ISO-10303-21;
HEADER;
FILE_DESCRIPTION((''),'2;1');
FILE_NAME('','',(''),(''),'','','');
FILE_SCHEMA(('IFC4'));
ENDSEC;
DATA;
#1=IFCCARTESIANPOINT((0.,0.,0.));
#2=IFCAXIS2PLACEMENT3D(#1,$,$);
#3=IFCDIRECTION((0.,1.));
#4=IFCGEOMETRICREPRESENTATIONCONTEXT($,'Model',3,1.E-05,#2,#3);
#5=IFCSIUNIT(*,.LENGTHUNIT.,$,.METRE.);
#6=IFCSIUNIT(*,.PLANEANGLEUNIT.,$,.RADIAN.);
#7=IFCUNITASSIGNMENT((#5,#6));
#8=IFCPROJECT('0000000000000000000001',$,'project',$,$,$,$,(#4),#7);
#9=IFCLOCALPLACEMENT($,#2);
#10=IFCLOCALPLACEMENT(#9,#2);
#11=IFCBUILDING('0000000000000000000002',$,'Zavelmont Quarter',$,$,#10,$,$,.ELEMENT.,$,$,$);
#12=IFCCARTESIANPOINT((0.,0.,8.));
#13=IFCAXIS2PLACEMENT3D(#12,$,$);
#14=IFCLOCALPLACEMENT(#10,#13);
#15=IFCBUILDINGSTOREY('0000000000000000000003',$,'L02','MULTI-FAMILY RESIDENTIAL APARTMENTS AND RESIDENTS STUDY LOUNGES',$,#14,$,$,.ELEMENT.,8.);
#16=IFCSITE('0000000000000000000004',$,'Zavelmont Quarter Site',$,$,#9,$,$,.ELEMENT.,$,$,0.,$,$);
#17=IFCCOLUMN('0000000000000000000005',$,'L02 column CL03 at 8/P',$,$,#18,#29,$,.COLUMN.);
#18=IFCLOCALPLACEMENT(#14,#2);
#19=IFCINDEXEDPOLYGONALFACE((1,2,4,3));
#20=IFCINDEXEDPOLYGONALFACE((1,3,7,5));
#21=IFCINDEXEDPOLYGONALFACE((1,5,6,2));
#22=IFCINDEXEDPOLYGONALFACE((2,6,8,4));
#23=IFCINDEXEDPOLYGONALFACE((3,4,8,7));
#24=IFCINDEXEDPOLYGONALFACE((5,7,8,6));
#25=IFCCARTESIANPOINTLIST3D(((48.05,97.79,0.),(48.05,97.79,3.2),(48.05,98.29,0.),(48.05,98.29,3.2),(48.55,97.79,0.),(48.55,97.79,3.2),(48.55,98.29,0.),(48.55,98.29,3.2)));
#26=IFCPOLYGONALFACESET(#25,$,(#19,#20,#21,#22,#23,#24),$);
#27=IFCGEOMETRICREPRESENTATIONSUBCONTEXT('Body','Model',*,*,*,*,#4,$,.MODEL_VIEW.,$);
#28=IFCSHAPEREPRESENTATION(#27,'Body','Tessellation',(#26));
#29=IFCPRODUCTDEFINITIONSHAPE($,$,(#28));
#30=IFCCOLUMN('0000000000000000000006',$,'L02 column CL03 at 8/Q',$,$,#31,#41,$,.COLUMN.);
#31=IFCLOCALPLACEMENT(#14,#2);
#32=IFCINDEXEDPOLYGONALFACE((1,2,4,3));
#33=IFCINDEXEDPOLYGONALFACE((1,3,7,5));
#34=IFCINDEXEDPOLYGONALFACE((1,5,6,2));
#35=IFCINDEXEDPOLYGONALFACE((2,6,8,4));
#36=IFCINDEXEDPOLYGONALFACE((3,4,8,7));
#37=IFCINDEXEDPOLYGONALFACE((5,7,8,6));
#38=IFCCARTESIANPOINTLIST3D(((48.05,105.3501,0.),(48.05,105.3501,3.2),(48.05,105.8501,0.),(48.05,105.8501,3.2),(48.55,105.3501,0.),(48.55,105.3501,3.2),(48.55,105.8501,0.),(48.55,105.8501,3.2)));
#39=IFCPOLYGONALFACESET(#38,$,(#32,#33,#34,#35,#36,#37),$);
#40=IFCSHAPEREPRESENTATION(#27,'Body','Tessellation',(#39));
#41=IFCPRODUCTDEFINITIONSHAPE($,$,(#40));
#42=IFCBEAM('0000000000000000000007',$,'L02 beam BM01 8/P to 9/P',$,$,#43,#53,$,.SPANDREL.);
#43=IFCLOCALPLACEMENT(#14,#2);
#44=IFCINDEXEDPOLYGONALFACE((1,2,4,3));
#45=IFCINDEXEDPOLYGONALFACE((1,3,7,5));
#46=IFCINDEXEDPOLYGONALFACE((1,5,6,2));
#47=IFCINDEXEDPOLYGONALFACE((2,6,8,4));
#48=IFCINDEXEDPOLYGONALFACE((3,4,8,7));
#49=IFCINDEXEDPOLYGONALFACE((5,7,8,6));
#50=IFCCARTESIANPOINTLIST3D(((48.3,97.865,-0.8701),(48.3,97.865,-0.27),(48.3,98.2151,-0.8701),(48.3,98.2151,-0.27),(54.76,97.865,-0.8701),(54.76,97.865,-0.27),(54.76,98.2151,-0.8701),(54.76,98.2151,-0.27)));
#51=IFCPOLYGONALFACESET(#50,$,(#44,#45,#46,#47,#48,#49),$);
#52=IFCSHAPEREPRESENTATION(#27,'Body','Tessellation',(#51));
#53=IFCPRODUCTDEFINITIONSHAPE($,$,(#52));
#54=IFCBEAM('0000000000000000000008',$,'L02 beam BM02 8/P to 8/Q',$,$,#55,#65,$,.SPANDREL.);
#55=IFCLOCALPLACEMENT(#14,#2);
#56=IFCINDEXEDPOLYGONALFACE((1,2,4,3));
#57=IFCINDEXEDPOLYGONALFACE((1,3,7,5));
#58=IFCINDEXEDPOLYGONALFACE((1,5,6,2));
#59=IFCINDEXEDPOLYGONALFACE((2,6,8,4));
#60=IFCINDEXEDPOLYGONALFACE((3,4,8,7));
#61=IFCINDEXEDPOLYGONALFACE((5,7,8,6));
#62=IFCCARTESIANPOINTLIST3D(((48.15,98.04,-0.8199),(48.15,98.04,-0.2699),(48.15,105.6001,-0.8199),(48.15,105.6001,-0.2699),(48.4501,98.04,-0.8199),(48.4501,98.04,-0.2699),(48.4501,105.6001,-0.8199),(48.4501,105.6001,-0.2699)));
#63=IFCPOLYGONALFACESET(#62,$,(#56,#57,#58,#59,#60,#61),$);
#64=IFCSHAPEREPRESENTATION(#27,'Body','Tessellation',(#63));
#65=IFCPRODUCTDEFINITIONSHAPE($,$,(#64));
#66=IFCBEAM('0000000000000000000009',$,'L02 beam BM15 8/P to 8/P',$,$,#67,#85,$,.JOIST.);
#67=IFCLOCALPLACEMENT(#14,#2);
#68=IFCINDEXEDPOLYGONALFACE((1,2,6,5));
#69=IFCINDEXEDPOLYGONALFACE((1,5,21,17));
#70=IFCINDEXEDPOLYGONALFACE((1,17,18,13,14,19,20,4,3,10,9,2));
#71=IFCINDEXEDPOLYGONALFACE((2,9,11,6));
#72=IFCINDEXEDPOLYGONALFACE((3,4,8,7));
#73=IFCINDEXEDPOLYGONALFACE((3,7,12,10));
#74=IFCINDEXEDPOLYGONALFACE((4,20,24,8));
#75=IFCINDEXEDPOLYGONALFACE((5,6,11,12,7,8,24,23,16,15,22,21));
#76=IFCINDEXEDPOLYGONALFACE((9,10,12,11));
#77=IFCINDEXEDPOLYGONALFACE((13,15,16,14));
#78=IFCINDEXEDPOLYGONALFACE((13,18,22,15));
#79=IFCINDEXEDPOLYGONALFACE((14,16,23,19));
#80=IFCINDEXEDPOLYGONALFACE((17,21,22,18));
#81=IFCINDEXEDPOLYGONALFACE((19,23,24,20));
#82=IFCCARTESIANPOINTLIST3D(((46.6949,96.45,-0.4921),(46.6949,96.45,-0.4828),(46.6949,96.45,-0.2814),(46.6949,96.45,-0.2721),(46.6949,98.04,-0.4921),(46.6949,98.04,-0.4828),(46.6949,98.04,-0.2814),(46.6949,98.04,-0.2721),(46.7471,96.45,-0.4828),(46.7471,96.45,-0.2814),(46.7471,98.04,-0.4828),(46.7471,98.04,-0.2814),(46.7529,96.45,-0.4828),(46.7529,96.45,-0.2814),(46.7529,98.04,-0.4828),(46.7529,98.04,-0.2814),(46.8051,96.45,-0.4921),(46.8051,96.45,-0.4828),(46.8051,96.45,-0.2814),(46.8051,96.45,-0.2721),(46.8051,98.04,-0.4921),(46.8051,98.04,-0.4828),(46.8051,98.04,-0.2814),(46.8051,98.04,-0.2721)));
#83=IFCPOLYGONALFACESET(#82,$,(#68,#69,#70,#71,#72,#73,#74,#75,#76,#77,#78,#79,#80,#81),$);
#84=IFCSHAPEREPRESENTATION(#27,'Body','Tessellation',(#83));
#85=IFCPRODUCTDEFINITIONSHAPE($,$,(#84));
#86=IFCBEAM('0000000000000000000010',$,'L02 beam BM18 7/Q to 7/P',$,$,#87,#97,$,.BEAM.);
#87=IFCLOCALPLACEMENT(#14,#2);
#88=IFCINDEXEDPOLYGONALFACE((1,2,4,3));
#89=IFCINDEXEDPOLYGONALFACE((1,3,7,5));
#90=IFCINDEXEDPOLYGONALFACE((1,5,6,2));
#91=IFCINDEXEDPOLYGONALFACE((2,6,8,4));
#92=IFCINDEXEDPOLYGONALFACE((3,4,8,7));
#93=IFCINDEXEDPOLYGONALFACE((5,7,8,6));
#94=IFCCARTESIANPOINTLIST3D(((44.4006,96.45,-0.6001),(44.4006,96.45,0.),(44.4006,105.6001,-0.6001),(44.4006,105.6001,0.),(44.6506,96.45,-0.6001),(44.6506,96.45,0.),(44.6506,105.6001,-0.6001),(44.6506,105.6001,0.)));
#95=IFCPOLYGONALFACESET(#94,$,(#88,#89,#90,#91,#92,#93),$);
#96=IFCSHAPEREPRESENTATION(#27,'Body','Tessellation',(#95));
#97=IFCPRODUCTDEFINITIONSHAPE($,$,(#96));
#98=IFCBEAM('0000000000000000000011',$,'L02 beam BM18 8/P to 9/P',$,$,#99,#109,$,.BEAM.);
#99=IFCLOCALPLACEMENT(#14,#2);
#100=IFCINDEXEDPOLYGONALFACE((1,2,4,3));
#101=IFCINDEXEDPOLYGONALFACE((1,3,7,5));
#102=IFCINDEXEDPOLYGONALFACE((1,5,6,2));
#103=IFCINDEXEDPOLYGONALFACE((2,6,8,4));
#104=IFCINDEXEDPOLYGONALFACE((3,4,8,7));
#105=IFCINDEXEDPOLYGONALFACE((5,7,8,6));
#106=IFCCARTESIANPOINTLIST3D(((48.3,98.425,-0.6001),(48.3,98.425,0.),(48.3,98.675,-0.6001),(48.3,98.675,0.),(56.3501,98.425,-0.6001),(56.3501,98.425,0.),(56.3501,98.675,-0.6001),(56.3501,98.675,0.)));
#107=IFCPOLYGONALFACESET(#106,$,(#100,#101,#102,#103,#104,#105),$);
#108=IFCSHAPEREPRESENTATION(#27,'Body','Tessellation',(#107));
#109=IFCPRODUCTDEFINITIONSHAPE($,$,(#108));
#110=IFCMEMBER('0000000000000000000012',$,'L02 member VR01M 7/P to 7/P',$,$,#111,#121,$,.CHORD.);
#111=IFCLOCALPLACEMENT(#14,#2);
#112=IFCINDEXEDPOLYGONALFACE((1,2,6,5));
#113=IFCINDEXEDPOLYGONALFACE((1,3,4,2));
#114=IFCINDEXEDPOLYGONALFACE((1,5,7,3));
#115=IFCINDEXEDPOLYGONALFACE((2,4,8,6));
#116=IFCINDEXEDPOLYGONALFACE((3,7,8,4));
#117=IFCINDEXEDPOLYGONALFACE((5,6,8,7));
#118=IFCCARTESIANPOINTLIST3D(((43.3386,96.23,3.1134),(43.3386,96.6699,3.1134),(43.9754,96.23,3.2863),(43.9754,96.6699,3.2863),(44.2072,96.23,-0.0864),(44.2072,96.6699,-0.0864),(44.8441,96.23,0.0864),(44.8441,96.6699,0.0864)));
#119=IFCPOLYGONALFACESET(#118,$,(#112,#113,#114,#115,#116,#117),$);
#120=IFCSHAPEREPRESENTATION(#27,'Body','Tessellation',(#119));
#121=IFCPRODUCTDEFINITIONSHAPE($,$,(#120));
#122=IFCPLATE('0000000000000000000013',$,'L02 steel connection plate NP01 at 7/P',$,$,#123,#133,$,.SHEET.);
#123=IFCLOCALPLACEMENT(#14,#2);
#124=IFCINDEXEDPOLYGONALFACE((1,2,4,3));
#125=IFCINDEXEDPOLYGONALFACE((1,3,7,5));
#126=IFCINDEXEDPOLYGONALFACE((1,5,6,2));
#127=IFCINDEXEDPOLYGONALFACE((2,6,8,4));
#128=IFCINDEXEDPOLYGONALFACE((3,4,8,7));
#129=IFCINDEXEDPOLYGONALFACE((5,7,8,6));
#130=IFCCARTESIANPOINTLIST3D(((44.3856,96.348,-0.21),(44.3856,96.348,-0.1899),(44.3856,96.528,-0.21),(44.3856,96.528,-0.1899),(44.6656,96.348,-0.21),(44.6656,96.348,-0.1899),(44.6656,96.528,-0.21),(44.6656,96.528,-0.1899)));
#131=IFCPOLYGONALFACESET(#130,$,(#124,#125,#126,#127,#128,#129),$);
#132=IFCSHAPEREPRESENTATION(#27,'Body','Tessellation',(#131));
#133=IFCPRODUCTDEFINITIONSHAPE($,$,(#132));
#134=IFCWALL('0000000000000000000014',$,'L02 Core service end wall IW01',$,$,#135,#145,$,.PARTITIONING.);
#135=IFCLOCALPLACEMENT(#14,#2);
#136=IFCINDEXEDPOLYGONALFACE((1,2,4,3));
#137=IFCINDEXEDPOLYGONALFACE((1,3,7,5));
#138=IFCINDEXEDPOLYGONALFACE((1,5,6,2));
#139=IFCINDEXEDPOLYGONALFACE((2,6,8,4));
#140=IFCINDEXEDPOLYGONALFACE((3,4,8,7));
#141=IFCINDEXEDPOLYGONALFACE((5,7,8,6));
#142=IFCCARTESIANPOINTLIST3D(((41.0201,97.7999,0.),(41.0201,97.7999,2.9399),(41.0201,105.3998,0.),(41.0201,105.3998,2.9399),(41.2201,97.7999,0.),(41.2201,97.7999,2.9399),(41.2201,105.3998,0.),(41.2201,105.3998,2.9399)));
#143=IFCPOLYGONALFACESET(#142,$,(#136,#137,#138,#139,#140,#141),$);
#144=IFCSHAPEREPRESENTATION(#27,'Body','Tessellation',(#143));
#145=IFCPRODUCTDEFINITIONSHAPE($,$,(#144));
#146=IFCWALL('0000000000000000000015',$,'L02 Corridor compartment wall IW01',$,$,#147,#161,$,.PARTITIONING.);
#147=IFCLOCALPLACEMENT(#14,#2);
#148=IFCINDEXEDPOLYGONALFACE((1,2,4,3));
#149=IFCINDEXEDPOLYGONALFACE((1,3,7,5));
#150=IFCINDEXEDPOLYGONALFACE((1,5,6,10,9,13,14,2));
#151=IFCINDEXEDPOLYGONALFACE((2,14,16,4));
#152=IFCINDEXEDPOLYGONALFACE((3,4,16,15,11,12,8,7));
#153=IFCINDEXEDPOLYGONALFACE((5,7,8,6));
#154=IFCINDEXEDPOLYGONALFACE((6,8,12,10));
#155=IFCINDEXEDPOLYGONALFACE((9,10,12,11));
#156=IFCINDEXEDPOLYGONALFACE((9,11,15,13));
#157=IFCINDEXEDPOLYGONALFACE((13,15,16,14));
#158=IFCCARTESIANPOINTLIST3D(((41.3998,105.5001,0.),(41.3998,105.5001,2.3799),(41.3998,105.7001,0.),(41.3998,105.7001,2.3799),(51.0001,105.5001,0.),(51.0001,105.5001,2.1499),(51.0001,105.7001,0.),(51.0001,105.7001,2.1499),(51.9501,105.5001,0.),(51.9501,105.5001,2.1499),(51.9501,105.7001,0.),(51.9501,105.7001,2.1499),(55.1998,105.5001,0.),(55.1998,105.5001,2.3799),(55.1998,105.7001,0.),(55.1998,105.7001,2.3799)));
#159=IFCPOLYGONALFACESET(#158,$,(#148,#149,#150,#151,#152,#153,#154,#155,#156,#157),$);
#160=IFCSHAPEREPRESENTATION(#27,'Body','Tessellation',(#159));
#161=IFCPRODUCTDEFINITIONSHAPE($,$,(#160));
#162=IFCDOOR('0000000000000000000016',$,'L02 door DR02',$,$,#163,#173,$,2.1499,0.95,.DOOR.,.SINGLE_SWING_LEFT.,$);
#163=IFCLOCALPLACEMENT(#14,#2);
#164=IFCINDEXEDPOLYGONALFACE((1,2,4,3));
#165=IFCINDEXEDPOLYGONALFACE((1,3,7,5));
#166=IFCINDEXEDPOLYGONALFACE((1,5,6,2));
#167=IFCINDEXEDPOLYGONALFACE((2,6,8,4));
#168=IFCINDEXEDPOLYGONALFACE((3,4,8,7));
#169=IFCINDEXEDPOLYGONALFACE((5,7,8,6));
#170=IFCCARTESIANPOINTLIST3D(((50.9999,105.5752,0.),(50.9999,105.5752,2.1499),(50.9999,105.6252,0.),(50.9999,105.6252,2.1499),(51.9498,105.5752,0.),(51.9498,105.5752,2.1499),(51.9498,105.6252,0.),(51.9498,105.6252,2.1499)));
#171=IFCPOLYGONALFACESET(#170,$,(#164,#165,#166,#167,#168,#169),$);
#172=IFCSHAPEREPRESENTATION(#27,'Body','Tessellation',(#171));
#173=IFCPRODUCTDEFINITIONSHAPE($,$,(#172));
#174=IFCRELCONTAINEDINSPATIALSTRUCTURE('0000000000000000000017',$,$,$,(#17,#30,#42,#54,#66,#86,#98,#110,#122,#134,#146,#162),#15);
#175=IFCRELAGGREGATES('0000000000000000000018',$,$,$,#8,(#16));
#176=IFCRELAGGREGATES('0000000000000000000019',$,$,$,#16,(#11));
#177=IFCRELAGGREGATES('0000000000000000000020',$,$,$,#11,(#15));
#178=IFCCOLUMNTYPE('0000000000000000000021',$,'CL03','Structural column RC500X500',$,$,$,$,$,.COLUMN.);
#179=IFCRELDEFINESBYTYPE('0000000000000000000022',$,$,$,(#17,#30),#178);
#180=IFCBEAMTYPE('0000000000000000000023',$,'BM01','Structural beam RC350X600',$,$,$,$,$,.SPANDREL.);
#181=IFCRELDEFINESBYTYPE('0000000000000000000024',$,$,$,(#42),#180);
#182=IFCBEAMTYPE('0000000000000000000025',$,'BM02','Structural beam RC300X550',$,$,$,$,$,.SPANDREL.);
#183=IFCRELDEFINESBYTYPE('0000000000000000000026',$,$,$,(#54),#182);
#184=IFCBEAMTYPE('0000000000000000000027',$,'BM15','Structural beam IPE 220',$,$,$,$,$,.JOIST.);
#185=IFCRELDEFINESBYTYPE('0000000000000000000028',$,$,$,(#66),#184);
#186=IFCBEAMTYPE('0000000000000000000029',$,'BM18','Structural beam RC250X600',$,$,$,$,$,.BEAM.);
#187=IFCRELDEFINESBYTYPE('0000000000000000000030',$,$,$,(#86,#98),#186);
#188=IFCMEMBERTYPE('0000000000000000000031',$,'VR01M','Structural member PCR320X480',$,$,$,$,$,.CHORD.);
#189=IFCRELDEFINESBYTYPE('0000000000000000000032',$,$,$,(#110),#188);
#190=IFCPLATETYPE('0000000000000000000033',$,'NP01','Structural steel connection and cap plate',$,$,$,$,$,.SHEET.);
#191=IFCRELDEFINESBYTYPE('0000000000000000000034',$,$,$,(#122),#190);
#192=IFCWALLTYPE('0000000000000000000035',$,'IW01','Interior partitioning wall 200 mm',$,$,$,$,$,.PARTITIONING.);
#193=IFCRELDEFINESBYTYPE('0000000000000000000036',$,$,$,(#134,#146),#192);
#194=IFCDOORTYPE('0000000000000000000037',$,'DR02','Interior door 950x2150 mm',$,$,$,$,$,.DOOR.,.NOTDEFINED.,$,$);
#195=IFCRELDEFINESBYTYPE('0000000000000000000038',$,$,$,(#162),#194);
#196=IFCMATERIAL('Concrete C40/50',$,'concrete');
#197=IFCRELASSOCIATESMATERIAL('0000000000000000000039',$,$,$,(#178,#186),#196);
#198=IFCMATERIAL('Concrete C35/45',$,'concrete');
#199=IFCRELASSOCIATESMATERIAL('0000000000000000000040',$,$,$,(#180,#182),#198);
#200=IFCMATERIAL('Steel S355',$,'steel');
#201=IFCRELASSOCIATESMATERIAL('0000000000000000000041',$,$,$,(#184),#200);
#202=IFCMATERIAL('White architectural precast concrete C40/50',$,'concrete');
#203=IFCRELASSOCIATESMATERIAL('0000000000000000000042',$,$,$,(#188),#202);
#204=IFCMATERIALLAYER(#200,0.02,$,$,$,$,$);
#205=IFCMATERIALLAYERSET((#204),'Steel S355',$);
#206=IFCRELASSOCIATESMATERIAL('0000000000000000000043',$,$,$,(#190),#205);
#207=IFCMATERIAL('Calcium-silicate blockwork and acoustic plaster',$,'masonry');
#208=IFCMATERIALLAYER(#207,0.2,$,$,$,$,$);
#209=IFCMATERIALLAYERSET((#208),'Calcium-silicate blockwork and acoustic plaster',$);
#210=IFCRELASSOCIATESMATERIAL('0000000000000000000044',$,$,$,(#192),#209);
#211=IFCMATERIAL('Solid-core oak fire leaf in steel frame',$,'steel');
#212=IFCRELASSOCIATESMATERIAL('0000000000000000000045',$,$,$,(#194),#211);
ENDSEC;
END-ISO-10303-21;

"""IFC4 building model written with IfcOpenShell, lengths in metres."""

from ifc_helpers import new_model, si_unit, direction, frame, frame_2d, origin, origin_2d, place, context, subcontext, project, spatial, rectangle, i_section, extrude, material, layer, layer_set, material_profile, profile_set, type_object, element, fill, save


model = new_model("IFC4")

# Units and contexts
model_context = context("Model", 3, precision=1e-05, world=origin(), true_north=direction((0.0, 1.0)))
body_context = subcontext(model_context, "Body", "Model", "MODEL_VIEW")
ifc_project = project(units=[si_unit("LENGTHUNIT", "METRE"), si_unit("PLANEANGLEUNIT", "RADIAN")], contexts=[model_context])

# Site, building, storey
site_placement = place(None, origin())
site = spatial("IfcSite", under=ifc_project, at=site_placement, Name="Zavelmont Quarter Site", CompositionType="ELEMENT", RefElevation=0.0)
building_placement = place(site_placement, origin())
building = spatial("IfcBuilding", under=site, at=building_placement, Name="Zavelmont Quarter", CompositionType="ELEMENT")
storey_placement = place(building_placement, frame((0.0, 0.0, 8.0)))
storey = spatial("IfcBuildingStorey", under=building, at=storey_placement, Name="L02", Description="MULTI-FAMILY RESIDENTIAL APARTMENTS AND RESIDENTS STUDY LOUNGES", CompositionType="ELEMENT", Elevation=8.0)

# Columns
ifc_material_1 = material(Name="Concrete C40/50", Category="concrete")
ifc_material_profile_1 = material_profile(ifc_material_1, rectangle(XDim=0.5, YDim=0.5, at=origin_2d()), Name="RC500X500")
ifc_profile_set_1 = profile_set([ifc_material_profile_1], Name="Concrete C40/50")
column_type = type_object("IfcColumnType", Name="CL03", Description="Structural column RC500X500", PredefinedType="COLUMN", material=ifc_profile_set_1)
for number, where, z_axis, x_axis, name in (
    (1, (48.3, 98.04, 0.0), (0.0, 0.0, 1.0), (1.0, 0.0, 0.0), "L02 column CL03 at 8/P"),
    (2, (48.3, 105.6001, 0.0), (0.0, 0.0, 1.0), (1.0, 0.0, 0.0), "L02 column CL03 at 8/Q"),
):
    element("IfcColumn", number, at=place(storey_placement, frame(where, z_axis=z_axis, x_axis=x_axis)), inside=storey, type_object=column_type, Name=name, PredefinedType="COLUMN", context=body_context, shape_type="SweptSolid", body=[
        extrude(rectangle(XDim=0.5, YDim=0.5, at=origin_2d()), origin(), (0.0, 0.0, 1.0), 3.2),
    ])

# Beams
ifc_material_2 = material(Name="Concrete C35/45", Category="concrete")
ifc_material_profile_2 = material_profile(ifc_material_2, rectangle(XDim=0.3501, YDim=0.6001, at=origin_2d()), Name="RC350X600")
ifc_profile_set_2 = profile_set([ifc_material_profile_2], Name="Concrete C35/45")
beam_type_1 = type_object("IfcBeamType", Name="BM01", Description="Structural beam RC350X600", PredefinedType="SPANDREL", material=ifc_profile_set_2)
beam_1_placement = place(storey_placement, frame((48.3, 98.04, -0.5701), z_axis=(1.0, 0.0, 0.0), x_axis=(0.0, 1.0, 0.0)))
element("IfcBeam", 3, at=beam_1_placement, inside=storey, type_object=beam_type_1, Name="L02 beam BM01 8/P to 9/P", PredefinedType="SPANDREL", context=body_context, shape_type="SweptSolid", body=[
    extrude(rectangle(XDim=0.3501, YDim=0.6001, at=origin_2d()), origin(), (0.0, 0.0, 1.0), 6.46),
])
ifc_material_profile_3 = material_profile(ifc_material_2, rectangle(XDim=0.3, YDim=0.55, at=origin_2d()), Name="RC300X550")
ifc_profile_set_3 = profile_set([ifc_material_profile_3], Name="Concrete C35/45")
beam_type_2 = type_object("IfcBeamType", Name="BM02", Description="Structural beam RC300X550", PredefinedType="SPANDREL", material=ifc_profile_set_3)
beam_2_placement = place(storey_placement, frame((48.3, 98.04, -0.5449), z_axis=(0.0, 1.0, 0.0), x_axis=(-1.0, 0.0, 0.0)))
element("IfcBeam", 4, at=beam_2_placement, inside=storey, type_object=beam_type_2, Name="L02 beam BM02 8/P to 8/Q", PredefinedType="SPANDREL", context=body_context, shape_type="SweptSolid", body=[
    extrude(rectangle(XDim=0.3, YDim=0.55, at=origin_2d()), origin(), (0.0, 0.0, 1.0), 7.5601),
])
ifc_material_3 = material(Name="Steel S355", Category="steel")
ifc_material_profile_4 = material_profile(ifc_material_3, i_section(OverallWidth=0.1101, OverallDepth=0.22, WebThickness=0.0059, FlangeThickness=0.0093, at=origin_2d()), Name="IPE 220")
ifc_profile_set_4 = profile_set([ifc_material_profile_4], Name="Steel S355")
beam_type_3 = type_object("IfcBeamType", Name="BM15", Description="Structural beam IPE 220", PredefinedType="JOIST", material=ifc_profile_set_4)
beam_3_placement = place(storey_placement, frame((46.75, 98.04, -0.3821), z_axis=(0.0, -1.0, 0.0), x_axis=(1.0, 0.0, 0.0)))
element("IfcBeam", 5, at=beam_3_placement, inside=storey, type_object=beam_type_3, Name="L02 beam BM15 8/P to 8/P", PredefinedType="JOIST", context=body_context, shape_type="SweptSolid", body=[
    extrude(i_section(OverallWidth=0.1101, OverallDepth=0.22, WebThickness=0.0059, FlangeThickness=0.0093, at=origin_2d()), origin(), (0.0, 0.0, 1.0), 1.5901),
])
ifc_material_profile_5 = material_profile(ifc_material_1, rectangle(XDim=0.25, YDim=0.6001, at=origin_2d()), Name="RC250X600")
ifc_profile_set_5 = profile_set([ifc_material_profile_5], Name="Concrete C40/50")
beam_type_4 = type_object("IfcBeamType", Name="BM18", Description="Structural beam RC250X600", PredefinedType="BEAM", material=ifc_profile_set_5)
beam_4_placement = place(storey_placement, frame((44.5256, 105.6001, -0.3), z_axis=(0.0, -1.0, 0.0), x_axis=(1.0, 0.0, 0.0)))
element("IfcBeam", 6, at=beam_4_placement, inside=storey, type_object=beam_type_4, Name="L02 beam BM18 7/Q to 7/P", PredefinedType="BEAM", context=body_context, shape_type="SweptSolid", body=[
    extrude(rectangle(XDim=0.25, YDim=0.6001, at=origin_2d()), origin(), (0.0, 0.0, 1.0), 9.1501),
])
beam_5_placement = place(storey_placement, frame((48.3, 98.55, -0.3), z_axis=(1.0, 0.0, 0.0), x_axis=(0.0, 1.0, 0.0)))
element("IfcBeam", 7, at=beam_5_placement, inside=storey, type_object=beam_type_4, Name="L02 beam BM18 8/P to 9/P", PredefinedType="BEAM", context=body_context, shape_type="SweptSolid", body=[
    extrude(rectangle(XDim=0.25, YDim=0.6001, at=origin_2d()), origin(), (0.0, 0.0, 1.0), 8.05),
])

# Member
ifc_material_4 = material(Name="White architectural precast concrete C40/50", Category="concrete")
ifc_material_profile_6 = material_profile(ifc_material_4, rectangle(XDim=0.4399, YDim=0.6599, at=origin_2d()), Name="PCR320X480")
ifc_profile_set_6 = profile_set([ifc_material_profile_6], Name="White architectural precast concrete C40/50")
member_type = type_object("IfcMemberType", Name="VR01M", Description="Structural member PCR320X480", PredefinedType="CHORD", material=ifc_profile_set_6)
member_placement = place(storey_placement, frame((44.5256, 96.45, 0.0), z_axis=(-0.261977, 0.0, 0.965074), x_axis=(0.0, -1.0, 0.0)))
element("IfcMember", 8, at=member_placement, inside=storey, type_object=member_type, Name="L02 member VR01M 7/P to 7/P", PredefinedType="CHORD", context=body_context, shape_type="SweptSolid", body=[
    extrude(rectangle(XDim=0.4399, YDim=0.6599, at=origin_2d()), origin(), (0.0, 0.0, 1.0), 3.3157),
])

# Plate
ifc_layer_1 = layer(ifc_material_3, 0.02)
ifc_layer_set_1 = layer_set([ifc_layer_1], Name="Steel S355")
plate_type = type_object("IfcPlateType", Name="NP01", Description="Structural steel connection and cap plate", PredefinedType="SHEET", material=ifc_layer_set_1)
plate_placement = place(storey_placement, frame((44.5256, 96.438, -0.21), z_axis=(0.0, 0.0, 1.0), x_axis=(1.0, 0.0, 0.0)))
element("IfcPlate", 9, at=plate_placement, inside=storey, type_object=plate_type, Name="L02 steel connection plate NP01 at 7/P", PredefinedType="SHEET", context=body_context, shape_type="SweptSolid", body=[
    extrude(rectangle(XDim=0.28, YDim=0.1799, at=origin_2d()), origin(), (0.0, 0.0, 1.0), 0.02),
])

# Wall
ifc_material_5 = material(Name="Calcium-silicate blockwork and acoustic plaster", Category="masonry")
ifc_layer_2 = layer(ifc_material_5, 0.2)
ifc_layer_set_2 = layer_set([ifc_layer_2], Name="Calcium-silicate blockwork and acoustic plaster")
wall_type_1 = type_object("IfcWallType", Name="IW01", Description="Interior partitioning wall 200 mm", PredefinedType="PARTITIONING", material=ifc_layer_set_2)
wall_1_placement = place(storey_placement, frame((41.1201, 97.8, 0.0), z_axis=(0.0, 0.0, 1.0), x_axis=(0.0, 1.0, 0.0)))
element("IfcWall", 10, at=wall_1_placement, inside=storey, type_object=wall_type_1, Name="L02 Core service end wall IW01", PredefinedType="PARTITIONING", context=body_context, shape_type="SweptSolid", body=[
    extrude(rectangle(XDim=7.5999, YDim=0.2, at=frame_2d((3.7998, 0.0))), origin(), (0.0, 0.0, 1.0), 2.9399),
])

# Wall, opening, door
wall_2_placement = place(storey_placement, frame((41.3999, 105.6001, 0.0), z_axis=(0.0, 0.0, 1.0), x_axis=(1.0, 0.0, 0.0)))
wall_2 = element("IfcWall", 11, at=wall_2_placement, inside=storey, type_object=wall_type_1, Name="L02 Corridor compartment wall IW01", PredefinedType="PARTITIONING", context=body_context, shape_type="SweptSolid", body=[
    extrude(rectangle(XDim=13.8, YDim=0.2, at=frame_2d((6.8999, 0.0))), origin(), (0.0, 0.0, 1.0), 2.3799),
])
opening_1_placement = place(wall_2_placement, frame((9.6001, 0.0, 0.0)))
opening_1 = element("IfcOpeningElement", 12, at=opening_1_placement, cuts=wall_2, PredefinedType="OPENING", context=body_context, shape_type="SweptSolid", body=[
    extrude(rectangle(XDim=0.95, YDim=2.1499, at=frame_2d((0.4751, 1.075))), frame((0.0, 0.1118, 0.0), z_axis=(0.0, -1.0, 0.0), x_axis=(1.0, 0.0, 0.0)), (0.0, 0.0, 1.0), 0.2239),
])
ifc_material_6 = material(Name="Solid-core oak fire leaf in steel frame", Category="steel")
door_type_1 = type_object("IfcDoorType", Name="DR02", Description="Interior door 950x2150 mm", OperationType="NOTDEFINED", PredefinedType="DOOR", material=ifc_material_6)
door_1_placement = place(opening_1_placement, frame((0.95, 0.0, 0.0), z_axis=(0.0, 0.0, 1.0), x_axis=(-1.0, 0.0, 0.0)))
door_1 = element("IfcDoor", 13, at=door_1_placement, inside=storey, type_object=door_type_1, Name="L02 door DR02", OperationType="SINGLE_SWING_LEFT", OverallHeight=2.1499, OverallWidth=0.95, PredefinedType="DOOR", context=body_context, shape_type="SweptSolid", body=[
    extrude(rectangle(XDim=0.95, YDim=2.1499, at=frame_2d((0.4751, 1.075))), frame((0.0, 0.0249, 0.0), z_axis=(0.0, -1.0, 0.0), x_axis=(1.0, 0.0, 0.0)), (0.0, 0.0, 1.0), 0.05),
])
fill(opening_1, door_1)

save(model, "model.ifc")
